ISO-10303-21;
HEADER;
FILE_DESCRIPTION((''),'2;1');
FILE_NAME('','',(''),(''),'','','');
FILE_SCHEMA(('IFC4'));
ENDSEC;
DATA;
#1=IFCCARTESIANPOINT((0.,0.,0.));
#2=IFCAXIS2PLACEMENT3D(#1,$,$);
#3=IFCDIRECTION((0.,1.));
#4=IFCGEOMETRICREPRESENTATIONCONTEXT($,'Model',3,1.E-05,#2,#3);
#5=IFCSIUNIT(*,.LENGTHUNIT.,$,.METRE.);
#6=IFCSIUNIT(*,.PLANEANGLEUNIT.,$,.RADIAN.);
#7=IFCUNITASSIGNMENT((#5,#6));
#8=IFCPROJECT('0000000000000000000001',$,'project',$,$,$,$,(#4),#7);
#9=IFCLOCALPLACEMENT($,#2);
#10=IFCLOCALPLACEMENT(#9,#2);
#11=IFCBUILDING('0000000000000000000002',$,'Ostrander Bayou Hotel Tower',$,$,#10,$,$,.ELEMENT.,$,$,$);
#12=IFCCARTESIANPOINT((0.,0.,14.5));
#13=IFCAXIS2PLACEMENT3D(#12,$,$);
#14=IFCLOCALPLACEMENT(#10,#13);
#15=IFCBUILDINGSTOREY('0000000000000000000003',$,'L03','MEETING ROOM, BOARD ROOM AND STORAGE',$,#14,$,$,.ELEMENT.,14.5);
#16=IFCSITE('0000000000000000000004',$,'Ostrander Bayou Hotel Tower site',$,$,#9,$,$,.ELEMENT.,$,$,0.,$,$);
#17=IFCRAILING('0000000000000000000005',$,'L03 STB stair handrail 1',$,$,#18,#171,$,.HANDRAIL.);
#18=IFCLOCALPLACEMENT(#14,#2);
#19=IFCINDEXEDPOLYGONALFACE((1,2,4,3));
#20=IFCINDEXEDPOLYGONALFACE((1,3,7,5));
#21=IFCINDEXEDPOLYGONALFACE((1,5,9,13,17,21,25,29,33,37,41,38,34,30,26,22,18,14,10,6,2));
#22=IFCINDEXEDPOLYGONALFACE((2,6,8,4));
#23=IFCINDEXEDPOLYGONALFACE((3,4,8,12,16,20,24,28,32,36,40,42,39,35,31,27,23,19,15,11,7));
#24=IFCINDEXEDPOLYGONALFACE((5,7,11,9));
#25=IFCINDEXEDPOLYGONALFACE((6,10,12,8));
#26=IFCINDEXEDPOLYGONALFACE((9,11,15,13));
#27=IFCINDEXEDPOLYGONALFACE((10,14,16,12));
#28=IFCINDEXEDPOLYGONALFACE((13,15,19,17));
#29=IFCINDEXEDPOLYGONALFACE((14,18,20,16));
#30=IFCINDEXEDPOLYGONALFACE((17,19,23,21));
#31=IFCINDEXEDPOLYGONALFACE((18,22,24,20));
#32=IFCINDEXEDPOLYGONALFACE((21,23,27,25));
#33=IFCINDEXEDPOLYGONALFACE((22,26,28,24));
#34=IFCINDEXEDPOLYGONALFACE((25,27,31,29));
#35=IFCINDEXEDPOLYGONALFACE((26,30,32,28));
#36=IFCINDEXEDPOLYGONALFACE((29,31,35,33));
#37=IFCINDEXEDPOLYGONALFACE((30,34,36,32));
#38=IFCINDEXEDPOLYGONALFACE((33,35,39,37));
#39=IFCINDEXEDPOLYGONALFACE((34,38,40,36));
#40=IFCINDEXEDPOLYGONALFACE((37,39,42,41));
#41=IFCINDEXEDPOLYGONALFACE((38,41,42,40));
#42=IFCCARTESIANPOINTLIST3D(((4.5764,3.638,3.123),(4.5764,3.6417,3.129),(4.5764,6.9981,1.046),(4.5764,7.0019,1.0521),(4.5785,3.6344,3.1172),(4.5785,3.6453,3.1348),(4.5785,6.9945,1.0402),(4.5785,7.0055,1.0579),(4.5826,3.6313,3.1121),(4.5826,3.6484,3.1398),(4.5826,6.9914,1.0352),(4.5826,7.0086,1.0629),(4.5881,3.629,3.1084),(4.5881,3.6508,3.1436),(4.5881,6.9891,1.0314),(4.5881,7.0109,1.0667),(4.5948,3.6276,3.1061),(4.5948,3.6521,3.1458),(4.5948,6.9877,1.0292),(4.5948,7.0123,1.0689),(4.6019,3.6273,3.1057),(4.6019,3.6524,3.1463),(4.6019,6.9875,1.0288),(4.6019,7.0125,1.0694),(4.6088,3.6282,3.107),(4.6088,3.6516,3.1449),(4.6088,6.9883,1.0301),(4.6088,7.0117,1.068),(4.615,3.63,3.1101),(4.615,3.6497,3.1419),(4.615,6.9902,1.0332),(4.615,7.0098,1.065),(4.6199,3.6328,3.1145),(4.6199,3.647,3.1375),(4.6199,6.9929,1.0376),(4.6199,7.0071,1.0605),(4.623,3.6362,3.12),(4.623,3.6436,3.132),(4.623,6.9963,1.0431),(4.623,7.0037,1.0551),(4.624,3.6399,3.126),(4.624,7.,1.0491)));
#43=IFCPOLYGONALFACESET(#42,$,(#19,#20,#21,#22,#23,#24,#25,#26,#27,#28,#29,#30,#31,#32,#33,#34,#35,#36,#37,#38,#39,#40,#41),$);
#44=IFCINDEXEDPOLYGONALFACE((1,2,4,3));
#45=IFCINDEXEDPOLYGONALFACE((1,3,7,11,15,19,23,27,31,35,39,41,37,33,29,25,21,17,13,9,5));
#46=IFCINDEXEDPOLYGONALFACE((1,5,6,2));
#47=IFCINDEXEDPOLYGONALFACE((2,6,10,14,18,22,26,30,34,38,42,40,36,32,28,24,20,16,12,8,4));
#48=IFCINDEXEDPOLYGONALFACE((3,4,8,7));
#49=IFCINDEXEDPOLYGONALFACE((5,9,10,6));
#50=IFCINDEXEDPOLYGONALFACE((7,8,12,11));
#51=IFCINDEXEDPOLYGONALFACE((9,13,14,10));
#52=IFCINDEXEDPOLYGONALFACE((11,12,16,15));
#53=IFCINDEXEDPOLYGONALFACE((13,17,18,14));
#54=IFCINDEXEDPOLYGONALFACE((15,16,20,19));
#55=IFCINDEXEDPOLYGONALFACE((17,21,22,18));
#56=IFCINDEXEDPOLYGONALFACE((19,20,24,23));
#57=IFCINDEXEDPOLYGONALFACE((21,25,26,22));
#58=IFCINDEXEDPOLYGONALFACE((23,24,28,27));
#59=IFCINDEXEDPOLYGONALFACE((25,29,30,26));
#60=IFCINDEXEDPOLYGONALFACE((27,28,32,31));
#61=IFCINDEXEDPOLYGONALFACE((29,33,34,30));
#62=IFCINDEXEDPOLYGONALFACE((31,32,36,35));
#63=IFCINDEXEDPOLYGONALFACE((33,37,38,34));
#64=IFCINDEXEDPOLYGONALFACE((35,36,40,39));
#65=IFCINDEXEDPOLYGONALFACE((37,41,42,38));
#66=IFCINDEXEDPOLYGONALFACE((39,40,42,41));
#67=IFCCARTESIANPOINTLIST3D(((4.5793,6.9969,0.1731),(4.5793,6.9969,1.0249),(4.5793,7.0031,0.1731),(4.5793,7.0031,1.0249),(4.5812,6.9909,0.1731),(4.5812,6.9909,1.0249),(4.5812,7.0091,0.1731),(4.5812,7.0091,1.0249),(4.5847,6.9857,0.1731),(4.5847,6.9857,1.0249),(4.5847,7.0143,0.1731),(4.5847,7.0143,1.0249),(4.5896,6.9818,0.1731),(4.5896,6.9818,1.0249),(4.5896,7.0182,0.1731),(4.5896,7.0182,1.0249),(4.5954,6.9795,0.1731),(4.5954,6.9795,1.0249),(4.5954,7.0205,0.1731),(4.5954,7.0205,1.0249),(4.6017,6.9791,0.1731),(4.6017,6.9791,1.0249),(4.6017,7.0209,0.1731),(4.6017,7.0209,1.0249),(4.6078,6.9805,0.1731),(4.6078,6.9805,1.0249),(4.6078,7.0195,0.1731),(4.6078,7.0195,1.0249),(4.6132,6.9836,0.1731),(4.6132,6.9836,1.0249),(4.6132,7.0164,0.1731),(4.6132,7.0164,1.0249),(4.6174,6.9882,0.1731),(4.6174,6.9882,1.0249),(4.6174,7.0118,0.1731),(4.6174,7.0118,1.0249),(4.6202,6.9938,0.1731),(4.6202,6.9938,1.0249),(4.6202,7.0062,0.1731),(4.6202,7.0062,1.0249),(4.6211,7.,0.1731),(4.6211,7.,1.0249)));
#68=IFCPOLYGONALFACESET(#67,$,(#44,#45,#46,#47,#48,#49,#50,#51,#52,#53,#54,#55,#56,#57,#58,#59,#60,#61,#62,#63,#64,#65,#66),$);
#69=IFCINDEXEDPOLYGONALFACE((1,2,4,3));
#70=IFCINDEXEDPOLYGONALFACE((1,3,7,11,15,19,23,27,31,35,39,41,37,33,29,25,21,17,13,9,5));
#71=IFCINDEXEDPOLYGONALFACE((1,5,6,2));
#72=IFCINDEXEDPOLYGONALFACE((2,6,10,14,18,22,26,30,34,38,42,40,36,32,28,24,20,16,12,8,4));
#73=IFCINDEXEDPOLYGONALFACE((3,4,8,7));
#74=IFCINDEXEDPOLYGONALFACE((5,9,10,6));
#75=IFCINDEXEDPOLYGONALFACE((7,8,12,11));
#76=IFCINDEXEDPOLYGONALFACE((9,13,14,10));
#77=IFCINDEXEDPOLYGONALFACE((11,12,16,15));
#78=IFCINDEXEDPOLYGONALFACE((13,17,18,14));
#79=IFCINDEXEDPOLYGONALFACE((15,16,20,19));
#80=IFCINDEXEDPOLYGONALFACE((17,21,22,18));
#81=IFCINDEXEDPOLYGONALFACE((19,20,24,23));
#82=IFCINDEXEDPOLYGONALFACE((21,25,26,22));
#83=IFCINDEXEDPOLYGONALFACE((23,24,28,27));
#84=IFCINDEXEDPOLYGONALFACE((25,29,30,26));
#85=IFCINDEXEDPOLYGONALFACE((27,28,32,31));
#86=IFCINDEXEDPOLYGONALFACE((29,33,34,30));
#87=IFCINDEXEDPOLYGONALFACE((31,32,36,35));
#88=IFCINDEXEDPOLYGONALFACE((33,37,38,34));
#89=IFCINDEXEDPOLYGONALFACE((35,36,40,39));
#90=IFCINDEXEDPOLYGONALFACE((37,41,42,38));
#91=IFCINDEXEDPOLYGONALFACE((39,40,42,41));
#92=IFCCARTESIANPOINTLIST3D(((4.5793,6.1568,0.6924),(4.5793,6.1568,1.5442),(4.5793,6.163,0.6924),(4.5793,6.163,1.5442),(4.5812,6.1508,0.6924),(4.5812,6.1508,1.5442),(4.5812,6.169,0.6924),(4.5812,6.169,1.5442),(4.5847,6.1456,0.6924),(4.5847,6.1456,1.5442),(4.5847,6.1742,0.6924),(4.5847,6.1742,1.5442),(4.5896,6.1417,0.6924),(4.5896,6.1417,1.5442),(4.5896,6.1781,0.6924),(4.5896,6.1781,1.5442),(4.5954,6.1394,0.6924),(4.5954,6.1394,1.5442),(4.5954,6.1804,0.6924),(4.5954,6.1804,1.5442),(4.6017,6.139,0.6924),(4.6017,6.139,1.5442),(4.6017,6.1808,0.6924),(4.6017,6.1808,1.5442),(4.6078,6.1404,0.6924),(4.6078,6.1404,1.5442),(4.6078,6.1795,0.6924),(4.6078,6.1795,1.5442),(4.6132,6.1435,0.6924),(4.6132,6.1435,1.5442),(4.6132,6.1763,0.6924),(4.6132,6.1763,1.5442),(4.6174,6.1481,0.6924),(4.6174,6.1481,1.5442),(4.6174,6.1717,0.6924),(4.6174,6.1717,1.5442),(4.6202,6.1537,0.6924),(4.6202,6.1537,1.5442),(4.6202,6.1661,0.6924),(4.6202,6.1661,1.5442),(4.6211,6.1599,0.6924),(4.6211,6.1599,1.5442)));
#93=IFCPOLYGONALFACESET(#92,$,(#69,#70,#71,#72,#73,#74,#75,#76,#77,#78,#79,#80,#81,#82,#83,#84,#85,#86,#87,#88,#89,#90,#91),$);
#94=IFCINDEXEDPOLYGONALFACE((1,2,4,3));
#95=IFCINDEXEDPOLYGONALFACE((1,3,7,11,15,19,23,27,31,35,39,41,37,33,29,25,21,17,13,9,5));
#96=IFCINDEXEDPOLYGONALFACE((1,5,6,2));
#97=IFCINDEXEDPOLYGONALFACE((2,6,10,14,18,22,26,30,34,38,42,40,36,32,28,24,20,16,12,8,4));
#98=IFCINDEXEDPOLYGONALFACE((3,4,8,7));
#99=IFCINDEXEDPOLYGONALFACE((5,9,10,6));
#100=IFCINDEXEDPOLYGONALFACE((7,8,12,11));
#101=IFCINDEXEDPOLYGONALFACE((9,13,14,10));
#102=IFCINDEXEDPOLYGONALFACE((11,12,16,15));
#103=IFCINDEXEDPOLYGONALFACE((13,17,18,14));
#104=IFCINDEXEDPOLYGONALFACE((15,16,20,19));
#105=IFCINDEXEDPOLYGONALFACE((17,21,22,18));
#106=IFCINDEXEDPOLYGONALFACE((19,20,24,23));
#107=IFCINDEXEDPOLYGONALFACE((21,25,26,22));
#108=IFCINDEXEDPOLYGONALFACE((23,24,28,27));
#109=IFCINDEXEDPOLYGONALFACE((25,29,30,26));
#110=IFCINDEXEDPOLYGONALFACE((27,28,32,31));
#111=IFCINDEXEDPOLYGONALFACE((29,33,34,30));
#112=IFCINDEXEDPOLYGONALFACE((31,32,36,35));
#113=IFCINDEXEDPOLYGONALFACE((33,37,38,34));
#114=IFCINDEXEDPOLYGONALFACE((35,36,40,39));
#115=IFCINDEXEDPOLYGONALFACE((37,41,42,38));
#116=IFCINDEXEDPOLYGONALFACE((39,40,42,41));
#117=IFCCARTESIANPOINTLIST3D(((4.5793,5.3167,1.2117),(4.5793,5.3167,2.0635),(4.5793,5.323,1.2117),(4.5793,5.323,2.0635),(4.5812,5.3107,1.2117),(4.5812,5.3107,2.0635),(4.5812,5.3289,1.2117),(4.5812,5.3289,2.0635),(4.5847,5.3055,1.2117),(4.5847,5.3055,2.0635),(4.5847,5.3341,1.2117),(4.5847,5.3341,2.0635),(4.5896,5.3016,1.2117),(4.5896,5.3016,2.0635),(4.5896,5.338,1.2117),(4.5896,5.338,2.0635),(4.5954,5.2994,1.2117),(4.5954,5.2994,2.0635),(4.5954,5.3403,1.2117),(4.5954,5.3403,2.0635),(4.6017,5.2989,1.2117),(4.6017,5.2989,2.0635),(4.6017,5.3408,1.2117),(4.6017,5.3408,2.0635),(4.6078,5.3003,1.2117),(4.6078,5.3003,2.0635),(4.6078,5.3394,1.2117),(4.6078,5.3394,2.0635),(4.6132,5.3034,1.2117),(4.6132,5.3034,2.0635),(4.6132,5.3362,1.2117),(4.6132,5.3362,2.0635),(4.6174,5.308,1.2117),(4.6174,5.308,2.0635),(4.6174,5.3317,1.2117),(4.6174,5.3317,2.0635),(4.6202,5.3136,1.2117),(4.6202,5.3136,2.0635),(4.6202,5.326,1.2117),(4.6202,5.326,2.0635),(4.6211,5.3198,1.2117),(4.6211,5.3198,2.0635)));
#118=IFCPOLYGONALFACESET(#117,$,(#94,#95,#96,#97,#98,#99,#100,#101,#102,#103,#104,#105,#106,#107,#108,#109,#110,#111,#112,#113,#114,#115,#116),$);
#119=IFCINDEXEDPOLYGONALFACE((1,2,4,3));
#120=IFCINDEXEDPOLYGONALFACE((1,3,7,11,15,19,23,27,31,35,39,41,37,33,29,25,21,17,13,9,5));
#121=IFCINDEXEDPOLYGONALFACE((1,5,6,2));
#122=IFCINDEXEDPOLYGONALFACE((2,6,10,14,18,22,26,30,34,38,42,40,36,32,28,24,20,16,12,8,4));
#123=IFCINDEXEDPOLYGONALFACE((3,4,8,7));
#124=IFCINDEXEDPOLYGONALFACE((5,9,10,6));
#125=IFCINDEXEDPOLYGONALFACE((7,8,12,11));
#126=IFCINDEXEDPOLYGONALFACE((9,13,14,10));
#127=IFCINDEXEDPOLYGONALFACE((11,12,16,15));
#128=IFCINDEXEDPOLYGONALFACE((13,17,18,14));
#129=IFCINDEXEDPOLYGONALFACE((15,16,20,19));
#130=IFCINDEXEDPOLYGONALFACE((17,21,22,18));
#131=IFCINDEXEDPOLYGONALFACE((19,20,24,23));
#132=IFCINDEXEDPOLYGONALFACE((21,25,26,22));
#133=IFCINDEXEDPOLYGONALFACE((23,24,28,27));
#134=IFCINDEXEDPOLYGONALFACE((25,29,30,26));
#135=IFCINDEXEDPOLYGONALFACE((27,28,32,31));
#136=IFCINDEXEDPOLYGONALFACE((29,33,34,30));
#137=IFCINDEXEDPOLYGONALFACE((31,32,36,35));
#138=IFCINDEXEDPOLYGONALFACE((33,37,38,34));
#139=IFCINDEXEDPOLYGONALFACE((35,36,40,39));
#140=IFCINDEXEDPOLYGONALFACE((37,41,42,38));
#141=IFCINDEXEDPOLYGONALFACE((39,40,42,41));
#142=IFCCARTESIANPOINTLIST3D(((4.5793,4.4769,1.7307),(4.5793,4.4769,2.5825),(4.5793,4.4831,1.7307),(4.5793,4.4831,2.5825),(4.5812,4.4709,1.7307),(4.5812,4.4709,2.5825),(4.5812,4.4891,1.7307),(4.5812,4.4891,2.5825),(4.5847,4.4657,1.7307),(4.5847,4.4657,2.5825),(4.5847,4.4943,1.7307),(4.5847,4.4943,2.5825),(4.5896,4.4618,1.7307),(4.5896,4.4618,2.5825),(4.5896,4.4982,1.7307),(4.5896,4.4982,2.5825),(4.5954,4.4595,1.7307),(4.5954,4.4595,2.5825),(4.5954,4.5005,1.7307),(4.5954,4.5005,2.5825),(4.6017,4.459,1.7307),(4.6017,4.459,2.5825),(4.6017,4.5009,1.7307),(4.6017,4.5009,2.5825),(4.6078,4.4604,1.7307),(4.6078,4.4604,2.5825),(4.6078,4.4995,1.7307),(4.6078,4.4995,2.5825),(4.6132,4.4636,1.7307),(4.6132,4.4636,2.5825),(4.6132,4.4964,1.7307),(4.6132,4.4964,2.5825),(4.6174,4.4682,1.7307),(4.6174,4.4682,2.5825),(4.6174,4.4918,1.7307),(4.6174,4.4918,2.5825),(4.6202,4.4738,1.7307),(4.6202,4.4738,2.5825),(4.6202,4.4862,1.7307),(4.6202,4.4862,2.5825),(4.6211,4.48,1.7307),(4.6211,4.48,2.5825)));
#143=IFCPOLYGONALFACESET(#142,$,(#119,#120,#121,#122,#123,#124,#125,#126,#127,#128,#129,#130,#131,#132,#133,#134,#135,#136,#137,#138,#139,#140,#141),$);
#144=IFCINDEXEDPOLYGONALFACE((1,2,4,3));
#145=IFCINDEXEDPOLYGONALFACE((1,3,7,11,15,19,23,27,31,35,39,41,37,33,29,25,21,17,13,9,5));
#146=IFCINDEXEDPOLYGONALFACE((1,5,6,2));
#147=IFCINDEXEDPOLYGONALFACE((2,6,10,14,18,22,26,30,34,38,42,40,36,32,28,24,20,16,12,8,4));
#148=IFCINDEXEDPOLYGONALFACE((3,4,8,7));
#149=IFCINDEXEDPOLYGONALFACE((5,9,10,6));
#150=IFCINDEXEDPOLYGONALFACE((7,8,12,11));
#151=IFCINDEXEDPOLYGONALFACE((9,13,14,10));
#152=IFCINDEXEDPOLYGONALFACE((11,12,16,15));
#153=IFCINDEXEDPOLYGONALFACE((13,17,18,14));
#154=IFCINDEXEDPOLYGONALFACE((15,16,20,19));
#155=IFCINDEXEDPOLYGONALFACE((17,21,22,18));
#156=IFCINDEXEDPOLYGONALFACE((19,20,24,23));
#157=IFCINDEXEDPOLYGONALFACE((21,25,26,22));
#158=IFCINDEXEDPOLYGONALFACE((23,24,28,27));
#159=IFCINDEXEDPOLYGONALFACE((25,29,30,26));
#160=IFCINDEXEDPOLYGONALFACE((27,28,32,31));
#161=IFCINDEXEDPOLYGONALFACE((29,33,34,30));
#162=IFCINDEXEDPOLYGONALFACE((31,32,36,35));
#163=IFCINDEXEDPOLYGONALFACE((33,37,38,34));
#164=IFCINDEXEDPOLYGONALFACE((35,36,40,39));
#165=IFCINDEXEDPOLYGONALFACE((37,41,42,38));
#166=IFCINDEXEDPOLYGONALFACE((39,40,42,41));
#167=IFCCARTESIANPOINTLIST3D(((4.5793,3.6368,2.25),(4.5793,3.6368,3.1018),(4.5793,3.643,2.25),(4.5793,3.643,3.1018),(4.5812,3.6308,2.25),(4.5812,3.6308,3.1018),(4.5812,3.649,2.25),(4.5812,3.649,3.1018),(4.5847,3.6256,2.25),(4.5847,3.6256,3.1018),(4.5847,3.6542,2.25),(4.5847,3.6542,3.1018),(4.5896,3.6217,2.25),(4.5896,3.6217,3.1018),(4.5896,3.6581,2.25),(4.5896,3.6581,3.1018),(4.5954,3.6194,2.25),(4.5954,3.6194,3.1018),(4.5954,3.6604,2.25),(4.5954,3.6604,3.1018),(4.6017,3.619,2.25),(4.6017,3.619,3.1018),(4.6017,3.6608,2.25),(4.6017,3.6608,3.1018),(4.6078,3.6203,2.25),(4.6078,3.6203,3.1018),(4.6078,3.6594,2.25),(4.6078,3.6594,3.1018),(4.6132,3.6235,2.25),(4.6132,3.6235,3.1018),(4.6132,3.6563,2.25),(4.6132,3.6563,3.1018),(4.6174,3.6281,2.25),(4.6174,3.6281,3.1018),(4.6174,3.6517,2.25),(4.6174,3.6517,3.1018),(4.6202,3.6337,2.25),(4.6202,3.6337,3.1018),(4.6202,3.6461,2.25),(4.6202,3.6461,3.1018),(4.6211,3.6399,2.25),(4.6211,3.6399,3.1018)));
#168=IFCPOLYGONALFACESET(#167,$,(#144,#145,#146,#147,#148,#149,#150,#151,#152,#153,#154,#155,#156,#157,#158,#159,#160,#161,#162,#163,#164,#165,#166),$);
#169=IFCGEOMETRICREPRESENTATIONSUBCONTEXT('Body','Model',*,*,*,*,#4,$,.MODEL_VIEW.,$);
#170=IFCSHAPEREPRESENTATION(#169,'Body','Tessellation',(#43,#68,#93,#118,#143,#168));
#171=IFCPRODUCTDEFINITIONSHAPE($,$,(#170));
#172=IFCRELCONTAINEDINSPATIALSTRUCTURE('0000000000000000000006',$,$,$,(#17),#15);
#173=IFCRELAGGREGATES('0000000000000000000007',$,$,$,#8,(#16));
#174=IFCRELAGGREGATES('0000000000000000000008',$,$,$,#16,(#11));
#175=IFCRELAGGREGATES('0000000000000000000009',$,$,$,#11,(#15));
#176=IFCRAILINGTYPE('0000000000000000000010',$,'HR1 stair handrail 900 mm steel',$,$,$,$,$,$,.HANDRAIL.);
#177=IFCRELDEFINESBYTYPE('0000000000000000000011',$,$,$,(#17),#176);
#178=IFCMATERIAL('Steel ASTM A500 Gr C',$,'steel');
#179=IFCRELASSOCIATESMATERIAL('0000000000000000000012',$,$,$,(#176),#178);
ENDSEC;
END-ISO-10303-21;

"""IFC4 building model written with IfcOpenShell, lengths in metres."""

from ifc_helpers import new_model, si_unit, direction, frame, origin, origin_2d, place, context, subcontext, project, spatial, circle, extrude, material, type_object, element, save


model = new_model("IFC4")

# Units and contexts
model_context = context("Model", 3, precision=1e-05, world=origin(), true_north=direction((0.0, 1.0)))
body_context = subcontext(model_context, "Body", "Model", "MODEL_VIEW")
ifc_project = project(units=[si_unit("LENGTHUNIT", "METRE"), si_unit("PLANEANGLEUNIT", "RADIAN")], contexts=[model_context])

# Site, building, storey
site_placement = place(None, origin())
site = spatial("IfcSite", under=ifc_project, at=site_placement, Name="Ostrander Bayou Hotel Tower site", CompositionType="ELEMENT", RefElevation=0.0)
building_placement = place(site_placement, origin())
building = spatial("IfcBuilding", under=site, at=building_placement, Name="Ostrander Bayou Hotel Tower", CompositionType="ELEMENT")
storey_placement = place(building_placement, frame((0.0, 0.0, 14.5)))
storey = spatial("IfcBuildingStorey", under=building, at=storey_placement, Name="L03", Description="MEETING ROOM, BOARD ROOM AND STORAGE", CompositionType="ELEMENT", Elevation=14.5)

# Railing
ifc_material_1 = material(Name="Steel ASTM A500 Gr C", Category="steel")
railing_type_1 = type_object("IfcRailingType", Name="HR1 stair handrail 900 mm steel", PredefinedType="HANDRAIL", material=ifc_material_1)
railing_1_placement = place(storey_placement, frame((4.6001, 7.0, 0.1731)))
element("IfcRailing", 1, at=railing_1_placement, inside=storey, type_object=railing_type_1, Name="L03 STB stair handrail 1", PredefinedType="HANDRAIL", context=body_context, shape_type="SweptSolid", body=[
    extrude(circle(Radius=0.0239, at=origin_2d()), frame((0.0, 0.0, 0.876), z_axis=(0.0, -0.850623, 0.525776), x_axis=(1.0, 0.0, 0.0)), (0.0, 0.0, 1.0), 3.9502),
    extrude(circle(Radius=0.021, at=origin_2d()), origin(), (0.0, 0.0, 1.0), 0.8518),
    extrude(circle(Radius=0.021, at=origin_2d()), frame((0.0, -0.8401, 0.5193)), (0.0, 0.0, 1.0), 0.8518),
    extrude(circle(Radius=0.021, at=origin_2d()), frame((0.0, -1.6802, 1.0386)), (0.0, 0.0, 1.0), 0.8518),
    extrude(circle(Radius=0.021, at=origin_2d()), frame((0.0, -2.52, 1.5576)), (0.0, 0.0, 1.0), 0.8518),
    extrude(circle(Radius=0.021, at=origin_2d()), frame((0.0, -3.3601, 2.0769)), (0.0, 0.0, 1.0), 0.8518),
])

save(model, "model.ifc")
